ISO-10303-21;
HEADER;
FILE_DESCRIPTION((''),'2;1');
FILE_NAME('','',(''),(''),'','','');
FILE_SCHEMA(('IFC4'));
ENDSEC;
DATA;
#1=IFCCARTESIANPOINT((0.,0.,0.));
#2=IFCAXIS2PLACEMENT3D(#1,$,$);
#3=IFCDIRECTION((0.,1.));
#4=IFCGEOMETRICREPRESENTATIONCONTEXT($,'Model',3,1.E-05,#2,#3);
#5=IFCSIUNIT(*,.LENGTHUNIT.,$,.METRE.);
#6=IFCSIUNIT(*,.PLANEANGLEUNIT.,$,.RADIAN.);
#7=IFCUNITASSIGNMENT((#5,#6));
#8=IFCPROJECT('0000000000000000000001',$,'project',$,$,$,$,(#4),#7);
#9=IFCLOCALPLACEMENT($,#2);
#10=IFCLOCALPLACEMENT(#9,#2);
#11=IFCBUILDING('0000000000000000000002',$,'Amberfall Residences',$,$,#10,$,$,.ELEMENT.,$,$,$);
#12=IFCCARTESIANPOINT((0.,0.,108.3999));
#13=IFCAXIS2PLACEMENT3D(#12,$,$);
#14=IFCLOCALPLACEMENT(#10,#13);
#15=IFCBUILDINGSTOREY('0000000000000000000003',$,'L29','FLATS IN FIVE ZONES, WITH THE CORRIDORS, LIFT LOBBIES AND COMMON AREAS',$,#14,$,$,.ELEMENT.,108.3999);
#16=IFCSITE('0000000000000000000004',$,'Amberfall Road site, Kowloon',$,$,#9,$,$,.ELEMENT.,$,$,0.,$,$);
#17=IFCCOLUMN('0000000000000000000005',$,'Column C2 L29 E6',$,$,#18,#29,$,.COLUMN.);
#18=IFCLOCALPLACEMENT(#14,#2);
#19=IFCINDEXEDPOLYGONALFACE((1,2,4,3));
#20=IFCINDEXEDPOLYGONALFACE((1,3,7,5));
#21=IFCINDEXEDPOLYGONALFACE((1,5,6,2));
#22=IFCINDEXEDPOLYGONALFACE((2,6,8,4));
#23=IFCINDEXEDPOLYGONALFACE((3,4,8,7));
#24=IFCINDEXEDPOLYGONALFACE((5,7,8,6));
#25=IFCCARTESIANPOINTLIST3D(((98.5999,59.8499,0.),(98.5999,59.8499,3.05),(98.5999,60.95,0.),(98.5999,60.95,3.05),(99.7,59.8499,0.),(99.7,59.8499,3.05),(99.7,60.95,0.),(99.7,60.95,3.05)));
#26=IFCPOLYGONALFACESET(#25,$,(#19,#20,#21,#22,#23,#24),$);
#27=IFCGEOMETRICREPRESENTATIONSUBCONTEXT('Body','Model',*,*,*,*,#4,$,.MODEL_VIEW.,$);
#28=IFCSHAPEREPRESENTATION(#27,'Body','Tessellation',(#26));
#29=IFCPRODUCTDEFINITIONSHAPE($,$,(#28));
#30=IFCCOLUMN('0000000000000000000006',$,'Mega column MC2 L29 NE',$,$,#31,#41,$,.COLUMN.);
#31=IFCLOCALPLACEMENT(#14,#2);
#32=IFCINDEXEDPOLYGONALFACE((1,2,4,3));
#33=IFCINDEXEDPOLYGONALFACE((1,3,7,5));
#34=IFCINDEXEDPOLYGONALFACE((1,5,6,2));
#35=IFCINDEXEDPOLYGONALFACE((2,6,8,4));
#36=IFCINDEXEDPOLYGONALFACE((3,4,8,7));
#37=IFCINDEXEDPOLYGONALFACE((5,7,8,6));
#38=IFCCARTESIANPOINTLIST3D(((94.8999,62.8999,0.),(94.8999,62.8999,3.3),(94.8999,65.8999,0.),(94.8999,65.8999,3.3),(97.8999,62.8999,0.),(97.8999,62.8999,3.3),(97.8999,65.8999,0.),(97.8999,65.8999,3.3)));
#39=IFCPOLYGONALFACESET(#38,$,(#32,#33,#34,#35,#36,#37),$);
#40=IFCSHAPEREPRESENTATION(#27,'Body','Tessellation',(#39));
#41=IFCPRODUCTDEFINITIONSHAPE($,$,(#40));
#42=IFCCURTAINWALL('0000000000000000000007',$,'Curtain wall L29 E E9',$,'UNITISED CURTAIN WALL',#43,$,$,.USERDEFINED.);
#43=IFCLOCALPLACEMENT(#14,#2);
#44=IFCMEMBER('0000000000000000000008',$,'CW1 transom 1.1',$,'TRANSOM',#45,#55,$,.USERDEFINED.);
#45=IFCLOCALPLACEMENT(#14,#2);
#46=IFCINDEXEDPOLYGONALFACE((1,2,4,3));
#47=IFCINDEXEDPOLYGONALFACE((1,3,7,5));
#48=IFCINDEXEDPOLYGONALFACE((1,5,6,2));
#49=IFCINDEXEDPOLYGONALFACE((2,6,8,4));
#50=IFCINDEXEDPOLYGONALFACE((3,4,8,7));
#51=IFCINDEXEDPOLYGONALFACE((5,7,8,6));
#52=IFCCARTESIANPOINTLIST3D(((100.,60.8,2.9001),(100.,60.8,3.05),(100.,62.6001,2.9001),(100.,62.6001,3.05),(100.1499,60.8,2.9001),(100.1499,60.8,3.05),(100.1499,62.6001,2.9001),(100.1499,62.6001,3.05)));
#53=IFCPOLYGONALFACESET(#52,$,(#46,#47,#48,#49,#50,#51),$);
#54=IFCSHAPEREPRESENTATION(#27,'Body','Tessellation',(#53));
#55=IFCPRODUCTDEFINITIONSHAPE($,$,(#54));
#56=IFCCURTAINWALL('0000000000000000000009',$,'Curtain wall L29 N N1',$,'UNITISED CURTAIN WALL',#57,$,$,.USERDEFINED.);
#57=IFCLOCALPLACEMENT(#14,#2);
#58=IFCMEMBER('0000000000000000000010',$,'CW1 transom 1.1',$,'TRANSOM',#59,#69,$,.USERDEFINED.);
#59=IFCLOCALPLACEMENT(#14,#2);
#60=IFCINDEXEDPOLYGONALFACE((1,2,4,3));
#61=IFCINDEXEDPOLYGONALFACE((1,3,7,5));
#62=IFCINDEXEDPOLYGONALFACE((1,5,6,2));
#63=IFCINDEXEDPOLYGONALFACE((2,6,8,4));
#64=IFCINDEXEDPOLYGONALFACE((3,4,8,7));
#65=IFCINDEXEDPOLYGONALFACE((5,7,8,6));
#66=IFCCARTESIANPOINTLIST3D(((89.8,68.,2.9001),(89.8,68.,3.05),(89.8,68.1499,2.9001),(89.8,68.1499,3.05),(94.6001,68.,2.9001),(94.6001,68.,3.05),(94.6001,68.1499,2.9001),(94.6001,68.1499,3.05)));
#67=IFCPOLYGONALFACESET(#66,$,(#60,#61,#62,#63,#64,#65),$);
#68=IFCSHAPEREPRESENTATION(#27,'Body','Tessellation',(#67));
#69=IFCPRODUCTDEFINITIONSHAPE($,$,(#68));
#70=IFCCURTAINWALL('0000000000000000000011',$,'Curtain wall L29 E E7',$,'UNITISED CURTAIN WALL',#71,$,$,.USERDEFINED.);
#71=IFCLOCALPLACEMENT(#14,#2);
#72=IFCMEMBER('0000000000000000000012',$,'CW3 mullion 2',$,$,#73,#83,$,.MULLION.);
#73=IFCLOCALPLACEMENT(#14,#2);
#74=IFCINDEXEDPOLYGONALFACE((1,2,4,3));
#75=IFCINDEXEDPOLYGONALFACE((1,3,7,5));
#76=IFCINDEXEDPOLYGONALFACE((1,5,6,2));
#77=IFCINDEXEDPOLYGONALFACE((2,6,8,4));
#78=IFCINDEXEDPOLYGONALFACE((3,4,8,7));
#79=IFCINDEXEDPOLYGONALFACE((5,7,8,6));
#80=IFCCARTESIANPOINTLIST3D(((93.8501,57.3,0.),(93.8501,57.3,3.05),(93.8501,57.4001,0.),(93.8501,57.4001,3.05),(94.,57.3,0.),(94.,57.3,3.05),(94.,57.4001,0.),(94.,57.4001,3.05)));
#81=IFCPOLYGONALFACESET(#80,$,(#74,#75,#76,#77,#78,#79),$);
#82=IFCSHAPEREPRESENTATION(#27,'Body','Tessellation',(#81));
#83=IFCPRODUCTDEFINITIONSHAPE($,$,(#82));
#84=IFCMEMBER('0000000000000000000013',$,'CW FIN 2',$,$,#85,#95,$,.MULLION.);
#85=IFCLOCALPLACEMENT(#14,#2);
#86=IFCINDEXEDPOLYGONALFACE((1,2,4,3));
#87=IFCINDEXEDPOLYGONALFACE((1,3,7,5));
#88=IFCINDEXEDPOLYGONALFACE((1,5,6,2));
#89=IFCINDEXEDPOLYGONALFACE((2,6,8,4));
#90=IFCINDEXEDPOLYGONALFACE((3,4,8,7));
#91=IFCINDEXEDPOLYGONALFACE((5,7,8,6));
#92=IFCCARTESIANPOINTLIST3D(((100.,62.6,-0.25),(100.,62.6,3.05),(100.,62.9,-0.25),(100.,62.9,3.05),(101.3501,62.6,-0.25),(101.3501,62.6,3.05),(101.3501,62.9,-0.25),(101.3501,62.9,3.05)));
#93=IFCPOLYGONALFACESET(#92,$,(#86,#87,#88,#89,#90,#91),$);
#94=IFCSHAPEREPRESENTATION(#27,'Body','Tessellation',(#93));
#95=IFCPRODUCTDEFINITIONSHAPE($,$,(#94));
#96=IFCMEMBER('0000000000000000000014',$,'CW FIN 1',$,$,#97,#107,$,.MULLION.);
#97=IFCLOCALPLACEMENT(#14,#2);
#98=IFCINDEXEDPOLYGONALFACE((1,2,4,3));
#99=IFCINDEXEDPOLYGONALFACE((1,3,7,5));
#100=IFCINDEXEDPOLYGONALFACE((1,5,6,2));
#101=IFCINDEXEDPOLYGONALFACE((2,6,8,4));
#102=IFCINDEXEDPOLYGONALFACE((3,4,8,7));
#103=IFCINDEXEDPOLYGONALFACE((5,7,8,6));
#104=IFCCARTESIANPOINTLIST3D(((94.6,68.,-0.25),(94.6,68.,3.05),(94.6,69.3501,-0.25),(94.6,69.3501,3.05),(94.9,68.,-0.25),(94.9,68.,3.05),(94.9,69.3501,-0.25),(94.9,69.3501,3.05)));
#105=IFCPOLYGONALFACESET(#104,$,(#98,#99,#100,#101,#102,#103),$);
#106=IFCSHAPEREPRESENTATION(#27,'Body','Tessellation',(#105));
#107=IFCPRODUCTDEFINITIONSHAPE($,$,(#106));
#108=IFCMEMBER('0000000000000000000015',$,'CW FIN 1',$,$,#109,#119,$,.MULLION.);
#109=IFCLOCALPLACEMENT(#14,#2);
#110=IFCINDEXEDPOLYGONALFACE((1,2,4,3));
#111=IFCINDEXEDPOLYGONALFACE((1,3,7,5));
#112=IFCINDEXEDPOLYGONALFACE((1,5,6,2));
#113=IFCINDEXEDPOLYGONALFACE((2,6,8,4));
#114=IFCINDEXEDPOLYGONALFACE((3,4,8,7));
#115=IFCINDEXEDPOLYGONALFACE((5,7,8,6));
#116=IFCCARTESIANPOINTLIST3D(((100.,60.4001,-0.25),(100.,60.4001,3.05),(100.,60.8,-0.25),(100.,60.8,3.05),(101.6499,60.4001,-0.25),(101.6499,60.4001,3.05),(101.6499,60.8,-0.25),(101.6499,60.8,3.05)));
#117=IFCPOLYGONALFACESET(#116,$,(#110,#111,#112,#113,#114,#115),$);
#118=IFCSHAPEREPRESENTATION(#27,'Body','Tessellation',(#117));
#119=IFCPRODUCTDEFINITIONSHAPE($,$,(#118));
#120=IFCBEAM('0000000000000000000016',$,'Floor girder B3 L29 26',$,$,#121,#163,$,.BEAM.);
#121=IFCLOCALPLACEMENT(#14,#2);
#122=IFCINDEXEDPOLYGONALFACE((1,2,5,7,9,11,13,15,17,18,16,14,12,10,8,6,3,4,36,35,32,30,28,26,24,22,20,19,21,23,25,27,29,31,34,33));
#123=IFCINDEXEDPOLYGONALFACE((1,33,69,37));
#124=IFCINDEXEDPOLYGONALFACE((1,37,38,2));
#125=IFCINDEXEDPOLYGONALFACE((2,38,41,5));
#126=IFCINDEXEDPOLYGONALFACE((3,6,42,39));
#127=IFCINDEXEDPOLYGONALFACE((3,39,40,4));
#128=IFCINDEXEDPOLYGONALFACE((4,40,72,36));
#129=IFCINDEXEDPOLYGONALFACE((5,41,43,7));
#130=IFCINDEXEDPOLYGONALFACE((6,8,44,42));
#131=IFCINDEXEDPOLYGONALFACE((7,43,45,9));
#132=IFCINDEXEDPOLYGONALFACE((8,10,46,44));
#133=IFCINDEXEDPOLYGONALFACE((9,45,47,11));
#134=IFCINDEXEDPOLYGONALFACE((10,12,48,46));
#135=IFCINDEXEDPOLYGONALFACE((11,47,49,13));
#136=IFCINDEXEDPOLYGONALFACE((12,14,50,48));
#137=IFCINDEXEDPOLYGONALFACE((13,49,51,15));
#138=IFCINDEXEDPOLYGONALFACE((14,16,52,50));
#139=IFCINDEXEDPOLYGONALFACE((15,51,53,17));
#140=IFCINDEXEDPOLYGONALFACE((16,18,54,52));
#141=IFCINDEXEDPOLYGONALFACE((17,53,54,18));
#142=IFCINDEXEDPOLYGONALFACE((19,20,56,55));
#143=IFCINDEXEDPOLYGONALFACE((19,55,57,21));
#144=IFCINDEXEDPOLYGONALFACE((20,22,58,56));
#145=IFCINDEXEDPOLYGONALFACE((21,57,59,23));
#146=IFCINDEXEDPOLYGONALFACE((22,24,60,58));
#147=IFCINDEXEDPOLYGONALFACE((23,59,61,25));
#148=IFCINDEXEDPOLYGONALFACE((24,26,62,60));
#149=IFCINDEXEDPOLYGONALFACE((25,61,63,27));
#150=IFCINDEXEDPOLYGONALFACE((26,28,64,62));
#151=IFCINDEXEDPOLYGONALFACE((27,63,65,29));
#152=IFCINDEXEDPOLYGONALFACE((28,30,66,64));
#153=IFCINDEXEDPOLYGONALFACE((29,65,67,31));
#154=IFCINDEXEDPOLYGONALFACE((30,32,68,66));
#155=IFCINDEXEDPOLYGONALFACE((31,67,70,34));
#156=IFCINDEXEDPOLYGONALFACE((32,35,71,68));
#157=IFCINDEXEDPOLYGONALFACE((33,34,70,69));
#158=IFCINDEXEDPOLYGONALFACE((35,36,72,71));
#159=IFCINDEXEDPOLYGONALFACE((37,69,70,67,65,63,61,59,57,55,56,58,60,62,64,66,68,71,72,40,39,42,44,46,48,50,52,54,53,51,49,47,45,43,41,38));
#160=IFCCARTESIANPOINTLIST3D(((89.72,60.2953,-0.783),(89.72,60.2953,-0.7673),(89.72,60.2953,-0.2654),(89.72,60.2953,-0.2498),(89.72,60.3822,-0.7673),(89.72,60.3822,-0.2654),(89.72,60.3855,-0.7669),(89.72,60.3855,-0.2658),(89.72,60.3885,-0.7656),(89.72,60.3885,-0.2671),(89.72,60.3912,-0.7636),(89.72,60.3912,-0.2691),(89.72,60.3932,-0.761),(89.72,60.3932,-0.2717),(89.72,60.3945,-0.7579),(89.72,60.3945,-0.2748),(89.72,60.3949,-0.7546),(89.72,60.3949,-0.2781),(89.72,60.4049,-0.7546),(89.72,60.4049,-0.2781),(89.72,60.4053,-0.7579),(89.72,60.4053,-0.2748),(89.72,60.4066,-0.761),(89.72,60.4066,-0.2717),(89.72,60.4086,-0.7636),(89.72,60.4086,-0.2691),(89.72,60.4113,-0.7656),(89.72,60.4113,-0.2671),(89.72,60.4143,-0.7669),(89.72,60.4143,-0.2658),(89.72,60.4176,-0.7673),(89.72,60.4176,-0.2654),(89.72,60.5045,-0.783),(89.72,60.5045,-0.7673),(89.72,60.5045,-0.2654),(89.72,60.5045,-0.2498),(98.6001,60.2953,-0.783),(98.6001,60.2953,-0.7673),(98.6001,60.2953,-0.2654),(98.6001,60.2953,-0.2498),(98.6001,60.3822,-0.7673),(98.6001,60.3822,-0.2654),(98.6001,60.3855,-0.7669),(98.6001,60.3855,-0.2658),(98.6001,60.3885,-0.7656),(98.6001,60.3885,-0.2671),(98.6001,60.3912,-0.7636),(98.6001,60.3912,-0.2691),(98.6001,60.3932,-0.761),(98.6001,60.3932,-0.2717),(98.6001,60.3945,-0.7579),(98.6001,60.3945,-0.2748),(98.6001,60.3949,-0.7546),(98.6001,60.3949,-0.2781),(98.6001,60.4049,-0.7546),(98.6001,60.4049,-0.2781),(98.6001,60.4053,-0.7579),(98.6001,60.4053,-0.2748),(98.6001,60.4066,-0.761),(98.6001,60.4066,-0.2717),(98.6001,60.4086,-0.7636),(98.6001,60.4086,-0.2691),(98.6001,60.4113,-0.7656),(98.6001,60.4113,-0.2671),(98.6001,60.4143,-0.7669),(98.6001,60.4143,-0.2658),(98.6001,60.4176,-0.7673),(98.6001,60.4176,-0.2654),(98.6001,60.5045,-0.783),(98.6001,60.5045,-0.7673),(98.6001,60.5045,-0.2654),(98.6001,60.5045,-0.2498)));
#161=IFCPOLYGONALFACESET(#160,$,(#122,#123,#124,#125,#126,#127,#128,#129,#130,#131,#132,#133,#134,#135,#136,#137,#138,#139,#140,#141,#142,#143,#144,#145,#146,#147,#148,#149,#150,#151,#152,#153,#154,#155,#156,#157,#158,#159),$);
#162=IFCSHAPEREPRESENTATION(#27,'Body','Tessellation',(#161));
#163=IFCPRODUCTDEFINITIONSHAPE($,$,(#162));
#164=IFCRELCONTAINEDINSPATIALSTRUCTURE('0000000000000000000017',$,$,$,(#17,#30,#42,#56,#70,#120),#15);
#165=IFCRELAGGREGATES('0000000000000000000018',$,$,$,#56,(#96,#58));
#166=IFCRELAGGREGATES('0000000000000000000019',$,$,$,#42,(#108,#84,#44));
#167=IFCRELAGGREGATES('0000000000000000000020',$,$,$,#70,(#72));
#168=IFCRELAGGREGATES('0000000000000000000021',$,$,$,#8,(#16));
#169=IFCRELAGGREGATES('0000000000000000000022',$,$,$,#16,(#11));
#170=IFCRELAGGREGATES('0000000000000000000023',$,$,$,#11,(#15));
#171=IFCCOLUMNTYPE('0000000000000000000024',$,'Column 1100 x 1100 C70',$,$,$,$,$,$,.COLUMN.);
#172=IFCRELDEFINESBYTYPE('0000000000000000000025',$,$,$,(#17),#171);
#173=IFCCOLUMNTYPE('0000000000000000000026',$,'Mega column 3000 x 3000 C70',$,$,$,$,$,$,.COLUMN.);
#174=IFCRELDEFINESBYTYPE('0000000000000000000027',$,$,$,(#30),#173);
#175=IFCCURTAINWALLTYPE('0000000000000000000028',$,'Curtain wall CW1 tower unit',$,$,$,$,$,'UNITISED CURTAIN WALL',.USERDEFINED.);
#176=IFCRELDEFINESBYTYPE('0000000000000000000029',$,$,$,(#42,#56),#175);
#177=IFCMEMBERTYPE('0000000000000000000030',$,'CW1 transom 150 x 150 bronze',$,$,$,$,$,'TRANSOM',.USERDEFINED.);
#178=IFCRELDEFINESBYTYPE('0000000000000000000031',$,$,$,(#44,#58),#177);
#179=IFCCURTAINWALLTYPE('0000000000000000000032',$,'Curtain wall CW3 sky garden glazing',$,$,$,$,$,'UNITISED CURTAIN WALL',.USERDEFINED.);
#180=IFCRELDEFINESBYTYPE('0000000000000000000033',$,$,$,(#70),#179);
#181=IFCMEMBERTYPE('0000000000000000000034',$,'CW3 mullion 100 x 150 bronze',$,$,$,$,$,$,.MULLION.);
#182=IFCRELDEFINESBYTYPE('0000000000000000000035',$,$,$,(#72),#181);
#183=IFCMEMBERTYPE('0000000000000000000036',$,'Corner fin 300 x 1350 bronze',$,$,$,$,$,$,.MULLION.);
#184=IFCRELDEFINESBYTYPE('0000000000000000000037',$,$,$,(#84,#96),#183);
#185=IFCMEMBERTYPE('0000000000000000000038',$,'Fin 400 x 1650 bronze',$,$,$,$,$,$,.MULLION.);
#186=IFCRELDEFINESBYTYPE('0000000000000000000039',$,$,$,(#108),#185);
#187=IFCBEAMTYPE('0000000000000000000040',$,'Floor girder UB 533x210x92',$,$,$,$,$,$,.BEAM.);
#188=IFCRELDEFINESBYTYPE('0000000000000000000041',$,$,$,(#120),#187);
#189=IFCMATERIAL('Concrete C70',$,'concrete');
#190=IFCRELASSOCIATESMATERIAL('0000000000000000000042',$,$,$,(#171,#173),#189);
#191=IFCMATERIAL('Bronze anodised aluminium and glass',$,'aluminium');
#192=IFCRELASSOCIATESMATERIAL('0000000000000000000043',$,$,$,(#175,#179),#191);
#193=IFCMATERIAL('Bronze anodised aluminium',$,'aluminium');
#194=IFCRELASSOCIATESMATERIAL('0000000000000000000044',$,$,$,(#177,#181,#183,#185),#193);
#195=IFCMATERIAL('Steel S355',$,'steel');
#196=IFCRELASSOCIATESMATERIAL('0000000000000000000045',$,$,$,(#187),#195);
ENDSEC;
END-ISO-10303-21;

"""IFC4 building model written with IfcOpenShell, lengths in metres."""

from ifc_helpers import new_model, si_unit, direction, frame, origin, origin_2d, place, context, subcontext, project, spatial, rectangle, i_section, extrude, material, material_profile, profile_set, type_object, element, aggregate, save


model = new_model("IFC4")

# Units and contexts
model_context = context("Model", 3, precision=1e-05, world=origin(), true_north=direction((0.0, 1.0)))
body_context = subcontext(model_context, "Body", "Model", "MODEL_VIEW")
ifc_project = project(units=[si_unit("LENGTHUNIT", "METRE"), si_unit("PLANEANGLEUNIT", "RADIAN")], contexts=[model_context])

# Site, building, storey
site_placement = place(None, origin())
site = spatial("IfcSite", under=ifc_project, at=site_placement, Name="Amberfall Road site, Kowloon", CompositionType="ELEMENT", RefElevation=0.0)
building_placement = place(site_placement, origin())
building = spatial("IfcBuilding", under=site, at=building_placement, Name="Amberfall Residences", CompositionType="ELEMENT")
storey_placement = place(building_placement, frame((0.0, 0.0, 108.3999)))
storey = spatial("IfcBuildingStorey", under=building, at=storey_placement, Name="L29", Description="FLATS IN FIVE ZONES, WITH THE CORRIDORS, LIFT LOBBIES AND COMMON AREAS", CompositionType="ELEMENT", Elevation=108.3999)

# Columns
ifc_material_1 = material(Name="Concrete C70", Category="concrete")
ifc_material_profile_1 = material_profile(ifc_material_1, rectangle(XDim=1.1001, YDim=1.1001, at=origin_2d()), Name="Column 1100 x 1100 C70")
ifc_profile_set_1 = profile_set([ifc_material_profile_1], Name="Concrete C70")
column_type_1 = type_object("IfcColumnType", Name="Column 1100 x 1100 C70", PredefinedType="COLUMN", material=ifc_profile_set_1)
column_1_placement = place(storey_placement, frame((99.1499, 60.3999, 0.0), z_axis=(0.0, 0.0, 1.0), x_axis=(1.0, 0.0, 0.0)))
element("IfcColumn", 1, at=column_1_placement, inside=storey, type_object=column_type_1, Name="Column C2 L29 E6", PredefinedType="COLUMN", context=body_context, shape_type="SweptSolid", body=[
    extrude(rectangle(XDim=1.1001, YDim=1.1001, at=origin_2d()), origin(), (0.0, 0.0, 1.0), 3.05),
])
ifc_material_profile_2 = material_profile(ifc_material_1, rectangle(XDim=3.0, YDim=3.0, at=origin_2d()), Name="Mega column 3000 x 3000 C70")
ifc_profile_set_2 = profile_set([ifc_material_profile_2], Name="Concrete C70")
column_type_2 = type_object("IfcColumnType", Name="Mega column 3000 x 3000 C70", PredefinedType="COLUMN", material=ifc_profile_set_2)
column_2_placement = place(storey_placement, frame((96.3999, 64.3999, 0.0), z_axis=(0.0, 0.0, 1.0), x_axis=(1.0, 0.0, 0.0)))
element("IfcColumn", 2, at=column_2_placement, inside=storey, type_object=column_type_2, Name="Mega column MC2 L29 NE", PredefinedType="COLUMN", context=body_context, shape_type="SweptSolid", body=[
    extrude(rectangle(XDim=3.0, YDim=3.0, at=origin_2d()), origin(), (0.0, 0.0, 1.0), 3.3),
])

# Curtain walls, members
ifc_material_2 = material(Name="Bronze anodised aluminium and glass", Category="aluminium")
curtain_wall_type_1 = type_object("IfcCurtainWallType", Name="Curtain wall CW1 tower unit", ElementType="UNITISED CURTAIN WALL", PredefinedType="USERDEFINED", material=ifc_material_2)
curtain_wall_1_placement = place(storey_placement, origin())
curtain_wall_1 = element("IfcCurtainWall", 3, at=curtain_wall_1_placement, inside=storey, type_object=curtain_wall_type_1, Name="Curtain wall L29 E E9", ObjectType="UNITISED CURTAIN WALL", PredefinedType="USERDEFINED")
ifc_material_3 = material(Name="Bronze anodised aluminium", Category="aluminium")
ifc_material_profile_3 = material_profile(ifc_material_3, rectangle(XDim=0.1499, YDim=0.1499, at=origin_2d()), Name="CW1 transom 150 x 150 bronze")
ifc_profile_set_3 = profile_set([ifc_material_profile_3], Name="Bronze anodised aluminium")
member_type_1 = type_object("IfcMemberType", Name="CW1 transom 150 x 150 bronze", ElementType="TRANSOM", PredefinedType="USERDEFINED", material=ifc_profile_set_3)
member_1_placement = place(storey_placement, frame((100.075, 60.8, 2.9751), z_axis=(0.0, 1.0, 0.0), x_axis=(-1.0, 0.0, 0.0)))
member_1 = element("IfcMember", 4, at=member_1_placement, type_object=member_type_1, Name="CW1 transom 1.1", ObjectType="TRANSOM", PredefinedType="USERDEFINED", context=body_context, shape_type="SweptSolid", body=[
    extrude(rectangle(XDim=0.1499, YDim=0.1499, at=origin_2d()), origin(), (0.0, 0.0, 1.0), 1.8),
])
curtain_wall_2_placement = place(storey_placement, origin())
curtain_wall_2 = element("IfcCurtainWall", 5, at=curtain_wall_2_placement, inside=storey, type_object=curtain_wall_type_1, Name="Curtain wall L29 N N1", ObjectType="UNITISED CURTAIN WALL", PredefinedType="USERDEFINED")
member_2_placement = place(storey_placement, frame((94.6001, 68.075, 2.9751), z_axis=(-1.0, 0.0, 0.0), x_axis=(0.0, -1.0, 0.0)))
member_2 = element("IfcMember", 6, at=member_2_placement, type_object=member_type_1, Name="CW1 transom 1.1", ObjectType="TRANSOM", PredefinedType="USERDEFINED", context=body_context, shape_type="SweptSolid", body=[
    extrude(rectangle(XDim=0.1499, YDim=0.1499, at=origin_2d()), origin(), (0.0, 0.0, 1.0), 4.8),
])
curtain_wall_type_2 = type_object("IfcCurtainWallType", Name="Curtain wall CW3 sky garden glazing", ElementType="UNITISED CURTAIN WALL", PredefinedType="USERDEFINED", material=ifc_material_2)
curtain_wall_3_placement = place(storey_placement, origin())
curtain_wall_3 = element("IfcCurtainWall", 7, at=curtain_wall_3_placement, inside=storey, type_object=curtain_wall_type_2, Name="Curtain wall L29 E E7", ObjectType="UNITISED CURTAIN WALL", PredefinedType="USERDEFINED")
ifc_material_profile_4 = material_profile(ifc_material_3, rectangle(XDim=0.1499, YDim=0.1001, at=origin_2d()), Name="CW3 mullion 100 x 150 bronze")
ifc_profile_set_4 = profile_set([ifc_material_profile_4], Name="Bronze anodised aluminium")
member_type_2 = type_object("IfcMemberType", Name="CW3 mullion 100 x 150 bronze", PredefinedType="MULLION", material=ifc_profile_set_4)
member_3_placement = place(storey_placement, frame((93.925, 57.3501, 0.0), z_axis=(0.0, 0.0, 1.0), x_axis=(-1.0, 0.0, 0.0)))
member_3 = element("IfcMember", 8, at=member_3_placement, type_object=member_type_2, Name="CW3 mullion 2", PredefinedType="MULLION", context=body_context, shape_type="SweptSolid", body=[
    extrude(rectangle(XDim=0.1499, YDim=0.1001, at=origin_2d()), origin(), (0.0, 0.0, 1.0), 3.05),
])

# Members
ifc_material_profile_5 = material_profile(ifc_material_3, rectangle(XDim=1.3501, YDim=0.3, at=origin_2d()), Name="Corner fin 300 x 1350 bronze")
ifc_profile_set_5 = profile_set([ifc_material_profile_5], Name="Bronze anodised aluminium")
member_type_3 = type_object("IfcMemberType", Name="Corner fin 300 x 1350 bronze", PredefinedType="MULLION", material=ifc_profile_set_5)
member_4_placement = place(storey_placement, frame((100.675, 62.75, -0.25), z_axis=(0.0, 0.0, 1.0), x_axis=(-1.0, 0.0, 0.0)))
member_4 = element("IfcMember", 9, at=member_4_placement, type_object=member_type_3, Name="CW FIN 2", PredefinedType="MULLION", context=body_context, shape_type="SweptSolid", body=[
    extrude(rectangle(XDim=1.3501, YDim=0.3, at=origin_2d()), origin(), (0.0, 0.0, 1.0), 3.3),
])
member_5_placement = place(storey_placement, frame((94.75, 68.675, -0.25), z_axis=(0.0, 0.0, 1.0), x_axis=(0.0, -1.0, 0.0)))
member_5 = element("IfcMember", 10, at=member_5_placement, type_object=member_type_3, Name="CW FIN 1", PredefinedType="MULLION", context=body_context, shape_type="SweptSolid", body=[
    extrude(rectangle(XDim=1.3501, YDim=0.3, at=origin_2d()), origin(), (0.0, 0.0, 1.0), 3.3),
])
aggregate(curtain_wall_2, [member_5, member_2])
ifc_material_profile_6 = material_profile(ifc_material_3, rectangle(XDim=1.6499, YDim=0.3999, at=origin_2d()), Name="Fin 400 x 1650 bronze")
ifc_profile_set_6 = profile_set([ifc_material_profile_6], Name="Bronze anodised aluminium")
member_type_4 = type_object("IfcMemberType", Name="Fin 400 x 1650 bronze", PredefinedType="MULLION", material=ifc_profile_set_6)
member_6_placement = place(storey_placement, frame((100.825, 60.6001, -0.25), z_axis=(0.0, 0.0, 1.0), x_axis=(-1.0, 0.0, 0.0)))
member_6 = element("IfcMember", 11, at=member_6_placement, type_object=member_type_4, Name="CW FIN 1", PredefinedType="MULLION", context=body_context, shape_type="SweptSolid", body=[
    extrude(rectangle(XDim=1.6499, YDim=0.3999, at=origin_2d()), origin(), (0.0, 0.0, 1.0), 3.3),
])

# Beam
ifc_material_4 = material(Name="Steel S355", Category="steel")
ifc_material_profile_7 = material_profile(ifc_material_4, i_section(OverallWidth=0.2092, OverallDepth=0.5332, WebThickness=0.01, FlangeThickness=0.0156, FilletRadius=0.0127, at=origin_2d()), Name="UB 533x210x92")
ifc_profile_set_7 = profile_set([ifc_material_profile_7], Name="Steel S355")
beam_type_1 = type_object("IfcBeamType", Name="Floor girder UB 533x210x92", PredefinedType="BEAM", material=ifc_profile_set_7)
beam_1_placement = place(storey_placement, frame((98.6001, 60.3999, -0.5164), z_axis=(-1.0, 0.0, 0.0), x_axis=(0.0, -1.0, 0.0)))
element("IfcBeam", 12, at=beam_1_placement, inside=storey, type_object=beam_type_1, Name="Floor girder B3 L29 26", PredefinedType="BEAM", context=body_context, shape_type="SweptSolid", body=[
    extrude(i_section(OverallWidth=0.2092, OverallDepth=0.5332, WebThickness=0.01, FlangeThickness=0.0156, FilletRadius=0.0127, at=origin_2d()), origin(), (0.0, 0.0, 1.0), 8.8801),
])

aggregate(curtain_wall_1, [member_6, member_4, member_1])
aggregate(curtain_wall_3, [member_3])

save(model, "model.ifc")
